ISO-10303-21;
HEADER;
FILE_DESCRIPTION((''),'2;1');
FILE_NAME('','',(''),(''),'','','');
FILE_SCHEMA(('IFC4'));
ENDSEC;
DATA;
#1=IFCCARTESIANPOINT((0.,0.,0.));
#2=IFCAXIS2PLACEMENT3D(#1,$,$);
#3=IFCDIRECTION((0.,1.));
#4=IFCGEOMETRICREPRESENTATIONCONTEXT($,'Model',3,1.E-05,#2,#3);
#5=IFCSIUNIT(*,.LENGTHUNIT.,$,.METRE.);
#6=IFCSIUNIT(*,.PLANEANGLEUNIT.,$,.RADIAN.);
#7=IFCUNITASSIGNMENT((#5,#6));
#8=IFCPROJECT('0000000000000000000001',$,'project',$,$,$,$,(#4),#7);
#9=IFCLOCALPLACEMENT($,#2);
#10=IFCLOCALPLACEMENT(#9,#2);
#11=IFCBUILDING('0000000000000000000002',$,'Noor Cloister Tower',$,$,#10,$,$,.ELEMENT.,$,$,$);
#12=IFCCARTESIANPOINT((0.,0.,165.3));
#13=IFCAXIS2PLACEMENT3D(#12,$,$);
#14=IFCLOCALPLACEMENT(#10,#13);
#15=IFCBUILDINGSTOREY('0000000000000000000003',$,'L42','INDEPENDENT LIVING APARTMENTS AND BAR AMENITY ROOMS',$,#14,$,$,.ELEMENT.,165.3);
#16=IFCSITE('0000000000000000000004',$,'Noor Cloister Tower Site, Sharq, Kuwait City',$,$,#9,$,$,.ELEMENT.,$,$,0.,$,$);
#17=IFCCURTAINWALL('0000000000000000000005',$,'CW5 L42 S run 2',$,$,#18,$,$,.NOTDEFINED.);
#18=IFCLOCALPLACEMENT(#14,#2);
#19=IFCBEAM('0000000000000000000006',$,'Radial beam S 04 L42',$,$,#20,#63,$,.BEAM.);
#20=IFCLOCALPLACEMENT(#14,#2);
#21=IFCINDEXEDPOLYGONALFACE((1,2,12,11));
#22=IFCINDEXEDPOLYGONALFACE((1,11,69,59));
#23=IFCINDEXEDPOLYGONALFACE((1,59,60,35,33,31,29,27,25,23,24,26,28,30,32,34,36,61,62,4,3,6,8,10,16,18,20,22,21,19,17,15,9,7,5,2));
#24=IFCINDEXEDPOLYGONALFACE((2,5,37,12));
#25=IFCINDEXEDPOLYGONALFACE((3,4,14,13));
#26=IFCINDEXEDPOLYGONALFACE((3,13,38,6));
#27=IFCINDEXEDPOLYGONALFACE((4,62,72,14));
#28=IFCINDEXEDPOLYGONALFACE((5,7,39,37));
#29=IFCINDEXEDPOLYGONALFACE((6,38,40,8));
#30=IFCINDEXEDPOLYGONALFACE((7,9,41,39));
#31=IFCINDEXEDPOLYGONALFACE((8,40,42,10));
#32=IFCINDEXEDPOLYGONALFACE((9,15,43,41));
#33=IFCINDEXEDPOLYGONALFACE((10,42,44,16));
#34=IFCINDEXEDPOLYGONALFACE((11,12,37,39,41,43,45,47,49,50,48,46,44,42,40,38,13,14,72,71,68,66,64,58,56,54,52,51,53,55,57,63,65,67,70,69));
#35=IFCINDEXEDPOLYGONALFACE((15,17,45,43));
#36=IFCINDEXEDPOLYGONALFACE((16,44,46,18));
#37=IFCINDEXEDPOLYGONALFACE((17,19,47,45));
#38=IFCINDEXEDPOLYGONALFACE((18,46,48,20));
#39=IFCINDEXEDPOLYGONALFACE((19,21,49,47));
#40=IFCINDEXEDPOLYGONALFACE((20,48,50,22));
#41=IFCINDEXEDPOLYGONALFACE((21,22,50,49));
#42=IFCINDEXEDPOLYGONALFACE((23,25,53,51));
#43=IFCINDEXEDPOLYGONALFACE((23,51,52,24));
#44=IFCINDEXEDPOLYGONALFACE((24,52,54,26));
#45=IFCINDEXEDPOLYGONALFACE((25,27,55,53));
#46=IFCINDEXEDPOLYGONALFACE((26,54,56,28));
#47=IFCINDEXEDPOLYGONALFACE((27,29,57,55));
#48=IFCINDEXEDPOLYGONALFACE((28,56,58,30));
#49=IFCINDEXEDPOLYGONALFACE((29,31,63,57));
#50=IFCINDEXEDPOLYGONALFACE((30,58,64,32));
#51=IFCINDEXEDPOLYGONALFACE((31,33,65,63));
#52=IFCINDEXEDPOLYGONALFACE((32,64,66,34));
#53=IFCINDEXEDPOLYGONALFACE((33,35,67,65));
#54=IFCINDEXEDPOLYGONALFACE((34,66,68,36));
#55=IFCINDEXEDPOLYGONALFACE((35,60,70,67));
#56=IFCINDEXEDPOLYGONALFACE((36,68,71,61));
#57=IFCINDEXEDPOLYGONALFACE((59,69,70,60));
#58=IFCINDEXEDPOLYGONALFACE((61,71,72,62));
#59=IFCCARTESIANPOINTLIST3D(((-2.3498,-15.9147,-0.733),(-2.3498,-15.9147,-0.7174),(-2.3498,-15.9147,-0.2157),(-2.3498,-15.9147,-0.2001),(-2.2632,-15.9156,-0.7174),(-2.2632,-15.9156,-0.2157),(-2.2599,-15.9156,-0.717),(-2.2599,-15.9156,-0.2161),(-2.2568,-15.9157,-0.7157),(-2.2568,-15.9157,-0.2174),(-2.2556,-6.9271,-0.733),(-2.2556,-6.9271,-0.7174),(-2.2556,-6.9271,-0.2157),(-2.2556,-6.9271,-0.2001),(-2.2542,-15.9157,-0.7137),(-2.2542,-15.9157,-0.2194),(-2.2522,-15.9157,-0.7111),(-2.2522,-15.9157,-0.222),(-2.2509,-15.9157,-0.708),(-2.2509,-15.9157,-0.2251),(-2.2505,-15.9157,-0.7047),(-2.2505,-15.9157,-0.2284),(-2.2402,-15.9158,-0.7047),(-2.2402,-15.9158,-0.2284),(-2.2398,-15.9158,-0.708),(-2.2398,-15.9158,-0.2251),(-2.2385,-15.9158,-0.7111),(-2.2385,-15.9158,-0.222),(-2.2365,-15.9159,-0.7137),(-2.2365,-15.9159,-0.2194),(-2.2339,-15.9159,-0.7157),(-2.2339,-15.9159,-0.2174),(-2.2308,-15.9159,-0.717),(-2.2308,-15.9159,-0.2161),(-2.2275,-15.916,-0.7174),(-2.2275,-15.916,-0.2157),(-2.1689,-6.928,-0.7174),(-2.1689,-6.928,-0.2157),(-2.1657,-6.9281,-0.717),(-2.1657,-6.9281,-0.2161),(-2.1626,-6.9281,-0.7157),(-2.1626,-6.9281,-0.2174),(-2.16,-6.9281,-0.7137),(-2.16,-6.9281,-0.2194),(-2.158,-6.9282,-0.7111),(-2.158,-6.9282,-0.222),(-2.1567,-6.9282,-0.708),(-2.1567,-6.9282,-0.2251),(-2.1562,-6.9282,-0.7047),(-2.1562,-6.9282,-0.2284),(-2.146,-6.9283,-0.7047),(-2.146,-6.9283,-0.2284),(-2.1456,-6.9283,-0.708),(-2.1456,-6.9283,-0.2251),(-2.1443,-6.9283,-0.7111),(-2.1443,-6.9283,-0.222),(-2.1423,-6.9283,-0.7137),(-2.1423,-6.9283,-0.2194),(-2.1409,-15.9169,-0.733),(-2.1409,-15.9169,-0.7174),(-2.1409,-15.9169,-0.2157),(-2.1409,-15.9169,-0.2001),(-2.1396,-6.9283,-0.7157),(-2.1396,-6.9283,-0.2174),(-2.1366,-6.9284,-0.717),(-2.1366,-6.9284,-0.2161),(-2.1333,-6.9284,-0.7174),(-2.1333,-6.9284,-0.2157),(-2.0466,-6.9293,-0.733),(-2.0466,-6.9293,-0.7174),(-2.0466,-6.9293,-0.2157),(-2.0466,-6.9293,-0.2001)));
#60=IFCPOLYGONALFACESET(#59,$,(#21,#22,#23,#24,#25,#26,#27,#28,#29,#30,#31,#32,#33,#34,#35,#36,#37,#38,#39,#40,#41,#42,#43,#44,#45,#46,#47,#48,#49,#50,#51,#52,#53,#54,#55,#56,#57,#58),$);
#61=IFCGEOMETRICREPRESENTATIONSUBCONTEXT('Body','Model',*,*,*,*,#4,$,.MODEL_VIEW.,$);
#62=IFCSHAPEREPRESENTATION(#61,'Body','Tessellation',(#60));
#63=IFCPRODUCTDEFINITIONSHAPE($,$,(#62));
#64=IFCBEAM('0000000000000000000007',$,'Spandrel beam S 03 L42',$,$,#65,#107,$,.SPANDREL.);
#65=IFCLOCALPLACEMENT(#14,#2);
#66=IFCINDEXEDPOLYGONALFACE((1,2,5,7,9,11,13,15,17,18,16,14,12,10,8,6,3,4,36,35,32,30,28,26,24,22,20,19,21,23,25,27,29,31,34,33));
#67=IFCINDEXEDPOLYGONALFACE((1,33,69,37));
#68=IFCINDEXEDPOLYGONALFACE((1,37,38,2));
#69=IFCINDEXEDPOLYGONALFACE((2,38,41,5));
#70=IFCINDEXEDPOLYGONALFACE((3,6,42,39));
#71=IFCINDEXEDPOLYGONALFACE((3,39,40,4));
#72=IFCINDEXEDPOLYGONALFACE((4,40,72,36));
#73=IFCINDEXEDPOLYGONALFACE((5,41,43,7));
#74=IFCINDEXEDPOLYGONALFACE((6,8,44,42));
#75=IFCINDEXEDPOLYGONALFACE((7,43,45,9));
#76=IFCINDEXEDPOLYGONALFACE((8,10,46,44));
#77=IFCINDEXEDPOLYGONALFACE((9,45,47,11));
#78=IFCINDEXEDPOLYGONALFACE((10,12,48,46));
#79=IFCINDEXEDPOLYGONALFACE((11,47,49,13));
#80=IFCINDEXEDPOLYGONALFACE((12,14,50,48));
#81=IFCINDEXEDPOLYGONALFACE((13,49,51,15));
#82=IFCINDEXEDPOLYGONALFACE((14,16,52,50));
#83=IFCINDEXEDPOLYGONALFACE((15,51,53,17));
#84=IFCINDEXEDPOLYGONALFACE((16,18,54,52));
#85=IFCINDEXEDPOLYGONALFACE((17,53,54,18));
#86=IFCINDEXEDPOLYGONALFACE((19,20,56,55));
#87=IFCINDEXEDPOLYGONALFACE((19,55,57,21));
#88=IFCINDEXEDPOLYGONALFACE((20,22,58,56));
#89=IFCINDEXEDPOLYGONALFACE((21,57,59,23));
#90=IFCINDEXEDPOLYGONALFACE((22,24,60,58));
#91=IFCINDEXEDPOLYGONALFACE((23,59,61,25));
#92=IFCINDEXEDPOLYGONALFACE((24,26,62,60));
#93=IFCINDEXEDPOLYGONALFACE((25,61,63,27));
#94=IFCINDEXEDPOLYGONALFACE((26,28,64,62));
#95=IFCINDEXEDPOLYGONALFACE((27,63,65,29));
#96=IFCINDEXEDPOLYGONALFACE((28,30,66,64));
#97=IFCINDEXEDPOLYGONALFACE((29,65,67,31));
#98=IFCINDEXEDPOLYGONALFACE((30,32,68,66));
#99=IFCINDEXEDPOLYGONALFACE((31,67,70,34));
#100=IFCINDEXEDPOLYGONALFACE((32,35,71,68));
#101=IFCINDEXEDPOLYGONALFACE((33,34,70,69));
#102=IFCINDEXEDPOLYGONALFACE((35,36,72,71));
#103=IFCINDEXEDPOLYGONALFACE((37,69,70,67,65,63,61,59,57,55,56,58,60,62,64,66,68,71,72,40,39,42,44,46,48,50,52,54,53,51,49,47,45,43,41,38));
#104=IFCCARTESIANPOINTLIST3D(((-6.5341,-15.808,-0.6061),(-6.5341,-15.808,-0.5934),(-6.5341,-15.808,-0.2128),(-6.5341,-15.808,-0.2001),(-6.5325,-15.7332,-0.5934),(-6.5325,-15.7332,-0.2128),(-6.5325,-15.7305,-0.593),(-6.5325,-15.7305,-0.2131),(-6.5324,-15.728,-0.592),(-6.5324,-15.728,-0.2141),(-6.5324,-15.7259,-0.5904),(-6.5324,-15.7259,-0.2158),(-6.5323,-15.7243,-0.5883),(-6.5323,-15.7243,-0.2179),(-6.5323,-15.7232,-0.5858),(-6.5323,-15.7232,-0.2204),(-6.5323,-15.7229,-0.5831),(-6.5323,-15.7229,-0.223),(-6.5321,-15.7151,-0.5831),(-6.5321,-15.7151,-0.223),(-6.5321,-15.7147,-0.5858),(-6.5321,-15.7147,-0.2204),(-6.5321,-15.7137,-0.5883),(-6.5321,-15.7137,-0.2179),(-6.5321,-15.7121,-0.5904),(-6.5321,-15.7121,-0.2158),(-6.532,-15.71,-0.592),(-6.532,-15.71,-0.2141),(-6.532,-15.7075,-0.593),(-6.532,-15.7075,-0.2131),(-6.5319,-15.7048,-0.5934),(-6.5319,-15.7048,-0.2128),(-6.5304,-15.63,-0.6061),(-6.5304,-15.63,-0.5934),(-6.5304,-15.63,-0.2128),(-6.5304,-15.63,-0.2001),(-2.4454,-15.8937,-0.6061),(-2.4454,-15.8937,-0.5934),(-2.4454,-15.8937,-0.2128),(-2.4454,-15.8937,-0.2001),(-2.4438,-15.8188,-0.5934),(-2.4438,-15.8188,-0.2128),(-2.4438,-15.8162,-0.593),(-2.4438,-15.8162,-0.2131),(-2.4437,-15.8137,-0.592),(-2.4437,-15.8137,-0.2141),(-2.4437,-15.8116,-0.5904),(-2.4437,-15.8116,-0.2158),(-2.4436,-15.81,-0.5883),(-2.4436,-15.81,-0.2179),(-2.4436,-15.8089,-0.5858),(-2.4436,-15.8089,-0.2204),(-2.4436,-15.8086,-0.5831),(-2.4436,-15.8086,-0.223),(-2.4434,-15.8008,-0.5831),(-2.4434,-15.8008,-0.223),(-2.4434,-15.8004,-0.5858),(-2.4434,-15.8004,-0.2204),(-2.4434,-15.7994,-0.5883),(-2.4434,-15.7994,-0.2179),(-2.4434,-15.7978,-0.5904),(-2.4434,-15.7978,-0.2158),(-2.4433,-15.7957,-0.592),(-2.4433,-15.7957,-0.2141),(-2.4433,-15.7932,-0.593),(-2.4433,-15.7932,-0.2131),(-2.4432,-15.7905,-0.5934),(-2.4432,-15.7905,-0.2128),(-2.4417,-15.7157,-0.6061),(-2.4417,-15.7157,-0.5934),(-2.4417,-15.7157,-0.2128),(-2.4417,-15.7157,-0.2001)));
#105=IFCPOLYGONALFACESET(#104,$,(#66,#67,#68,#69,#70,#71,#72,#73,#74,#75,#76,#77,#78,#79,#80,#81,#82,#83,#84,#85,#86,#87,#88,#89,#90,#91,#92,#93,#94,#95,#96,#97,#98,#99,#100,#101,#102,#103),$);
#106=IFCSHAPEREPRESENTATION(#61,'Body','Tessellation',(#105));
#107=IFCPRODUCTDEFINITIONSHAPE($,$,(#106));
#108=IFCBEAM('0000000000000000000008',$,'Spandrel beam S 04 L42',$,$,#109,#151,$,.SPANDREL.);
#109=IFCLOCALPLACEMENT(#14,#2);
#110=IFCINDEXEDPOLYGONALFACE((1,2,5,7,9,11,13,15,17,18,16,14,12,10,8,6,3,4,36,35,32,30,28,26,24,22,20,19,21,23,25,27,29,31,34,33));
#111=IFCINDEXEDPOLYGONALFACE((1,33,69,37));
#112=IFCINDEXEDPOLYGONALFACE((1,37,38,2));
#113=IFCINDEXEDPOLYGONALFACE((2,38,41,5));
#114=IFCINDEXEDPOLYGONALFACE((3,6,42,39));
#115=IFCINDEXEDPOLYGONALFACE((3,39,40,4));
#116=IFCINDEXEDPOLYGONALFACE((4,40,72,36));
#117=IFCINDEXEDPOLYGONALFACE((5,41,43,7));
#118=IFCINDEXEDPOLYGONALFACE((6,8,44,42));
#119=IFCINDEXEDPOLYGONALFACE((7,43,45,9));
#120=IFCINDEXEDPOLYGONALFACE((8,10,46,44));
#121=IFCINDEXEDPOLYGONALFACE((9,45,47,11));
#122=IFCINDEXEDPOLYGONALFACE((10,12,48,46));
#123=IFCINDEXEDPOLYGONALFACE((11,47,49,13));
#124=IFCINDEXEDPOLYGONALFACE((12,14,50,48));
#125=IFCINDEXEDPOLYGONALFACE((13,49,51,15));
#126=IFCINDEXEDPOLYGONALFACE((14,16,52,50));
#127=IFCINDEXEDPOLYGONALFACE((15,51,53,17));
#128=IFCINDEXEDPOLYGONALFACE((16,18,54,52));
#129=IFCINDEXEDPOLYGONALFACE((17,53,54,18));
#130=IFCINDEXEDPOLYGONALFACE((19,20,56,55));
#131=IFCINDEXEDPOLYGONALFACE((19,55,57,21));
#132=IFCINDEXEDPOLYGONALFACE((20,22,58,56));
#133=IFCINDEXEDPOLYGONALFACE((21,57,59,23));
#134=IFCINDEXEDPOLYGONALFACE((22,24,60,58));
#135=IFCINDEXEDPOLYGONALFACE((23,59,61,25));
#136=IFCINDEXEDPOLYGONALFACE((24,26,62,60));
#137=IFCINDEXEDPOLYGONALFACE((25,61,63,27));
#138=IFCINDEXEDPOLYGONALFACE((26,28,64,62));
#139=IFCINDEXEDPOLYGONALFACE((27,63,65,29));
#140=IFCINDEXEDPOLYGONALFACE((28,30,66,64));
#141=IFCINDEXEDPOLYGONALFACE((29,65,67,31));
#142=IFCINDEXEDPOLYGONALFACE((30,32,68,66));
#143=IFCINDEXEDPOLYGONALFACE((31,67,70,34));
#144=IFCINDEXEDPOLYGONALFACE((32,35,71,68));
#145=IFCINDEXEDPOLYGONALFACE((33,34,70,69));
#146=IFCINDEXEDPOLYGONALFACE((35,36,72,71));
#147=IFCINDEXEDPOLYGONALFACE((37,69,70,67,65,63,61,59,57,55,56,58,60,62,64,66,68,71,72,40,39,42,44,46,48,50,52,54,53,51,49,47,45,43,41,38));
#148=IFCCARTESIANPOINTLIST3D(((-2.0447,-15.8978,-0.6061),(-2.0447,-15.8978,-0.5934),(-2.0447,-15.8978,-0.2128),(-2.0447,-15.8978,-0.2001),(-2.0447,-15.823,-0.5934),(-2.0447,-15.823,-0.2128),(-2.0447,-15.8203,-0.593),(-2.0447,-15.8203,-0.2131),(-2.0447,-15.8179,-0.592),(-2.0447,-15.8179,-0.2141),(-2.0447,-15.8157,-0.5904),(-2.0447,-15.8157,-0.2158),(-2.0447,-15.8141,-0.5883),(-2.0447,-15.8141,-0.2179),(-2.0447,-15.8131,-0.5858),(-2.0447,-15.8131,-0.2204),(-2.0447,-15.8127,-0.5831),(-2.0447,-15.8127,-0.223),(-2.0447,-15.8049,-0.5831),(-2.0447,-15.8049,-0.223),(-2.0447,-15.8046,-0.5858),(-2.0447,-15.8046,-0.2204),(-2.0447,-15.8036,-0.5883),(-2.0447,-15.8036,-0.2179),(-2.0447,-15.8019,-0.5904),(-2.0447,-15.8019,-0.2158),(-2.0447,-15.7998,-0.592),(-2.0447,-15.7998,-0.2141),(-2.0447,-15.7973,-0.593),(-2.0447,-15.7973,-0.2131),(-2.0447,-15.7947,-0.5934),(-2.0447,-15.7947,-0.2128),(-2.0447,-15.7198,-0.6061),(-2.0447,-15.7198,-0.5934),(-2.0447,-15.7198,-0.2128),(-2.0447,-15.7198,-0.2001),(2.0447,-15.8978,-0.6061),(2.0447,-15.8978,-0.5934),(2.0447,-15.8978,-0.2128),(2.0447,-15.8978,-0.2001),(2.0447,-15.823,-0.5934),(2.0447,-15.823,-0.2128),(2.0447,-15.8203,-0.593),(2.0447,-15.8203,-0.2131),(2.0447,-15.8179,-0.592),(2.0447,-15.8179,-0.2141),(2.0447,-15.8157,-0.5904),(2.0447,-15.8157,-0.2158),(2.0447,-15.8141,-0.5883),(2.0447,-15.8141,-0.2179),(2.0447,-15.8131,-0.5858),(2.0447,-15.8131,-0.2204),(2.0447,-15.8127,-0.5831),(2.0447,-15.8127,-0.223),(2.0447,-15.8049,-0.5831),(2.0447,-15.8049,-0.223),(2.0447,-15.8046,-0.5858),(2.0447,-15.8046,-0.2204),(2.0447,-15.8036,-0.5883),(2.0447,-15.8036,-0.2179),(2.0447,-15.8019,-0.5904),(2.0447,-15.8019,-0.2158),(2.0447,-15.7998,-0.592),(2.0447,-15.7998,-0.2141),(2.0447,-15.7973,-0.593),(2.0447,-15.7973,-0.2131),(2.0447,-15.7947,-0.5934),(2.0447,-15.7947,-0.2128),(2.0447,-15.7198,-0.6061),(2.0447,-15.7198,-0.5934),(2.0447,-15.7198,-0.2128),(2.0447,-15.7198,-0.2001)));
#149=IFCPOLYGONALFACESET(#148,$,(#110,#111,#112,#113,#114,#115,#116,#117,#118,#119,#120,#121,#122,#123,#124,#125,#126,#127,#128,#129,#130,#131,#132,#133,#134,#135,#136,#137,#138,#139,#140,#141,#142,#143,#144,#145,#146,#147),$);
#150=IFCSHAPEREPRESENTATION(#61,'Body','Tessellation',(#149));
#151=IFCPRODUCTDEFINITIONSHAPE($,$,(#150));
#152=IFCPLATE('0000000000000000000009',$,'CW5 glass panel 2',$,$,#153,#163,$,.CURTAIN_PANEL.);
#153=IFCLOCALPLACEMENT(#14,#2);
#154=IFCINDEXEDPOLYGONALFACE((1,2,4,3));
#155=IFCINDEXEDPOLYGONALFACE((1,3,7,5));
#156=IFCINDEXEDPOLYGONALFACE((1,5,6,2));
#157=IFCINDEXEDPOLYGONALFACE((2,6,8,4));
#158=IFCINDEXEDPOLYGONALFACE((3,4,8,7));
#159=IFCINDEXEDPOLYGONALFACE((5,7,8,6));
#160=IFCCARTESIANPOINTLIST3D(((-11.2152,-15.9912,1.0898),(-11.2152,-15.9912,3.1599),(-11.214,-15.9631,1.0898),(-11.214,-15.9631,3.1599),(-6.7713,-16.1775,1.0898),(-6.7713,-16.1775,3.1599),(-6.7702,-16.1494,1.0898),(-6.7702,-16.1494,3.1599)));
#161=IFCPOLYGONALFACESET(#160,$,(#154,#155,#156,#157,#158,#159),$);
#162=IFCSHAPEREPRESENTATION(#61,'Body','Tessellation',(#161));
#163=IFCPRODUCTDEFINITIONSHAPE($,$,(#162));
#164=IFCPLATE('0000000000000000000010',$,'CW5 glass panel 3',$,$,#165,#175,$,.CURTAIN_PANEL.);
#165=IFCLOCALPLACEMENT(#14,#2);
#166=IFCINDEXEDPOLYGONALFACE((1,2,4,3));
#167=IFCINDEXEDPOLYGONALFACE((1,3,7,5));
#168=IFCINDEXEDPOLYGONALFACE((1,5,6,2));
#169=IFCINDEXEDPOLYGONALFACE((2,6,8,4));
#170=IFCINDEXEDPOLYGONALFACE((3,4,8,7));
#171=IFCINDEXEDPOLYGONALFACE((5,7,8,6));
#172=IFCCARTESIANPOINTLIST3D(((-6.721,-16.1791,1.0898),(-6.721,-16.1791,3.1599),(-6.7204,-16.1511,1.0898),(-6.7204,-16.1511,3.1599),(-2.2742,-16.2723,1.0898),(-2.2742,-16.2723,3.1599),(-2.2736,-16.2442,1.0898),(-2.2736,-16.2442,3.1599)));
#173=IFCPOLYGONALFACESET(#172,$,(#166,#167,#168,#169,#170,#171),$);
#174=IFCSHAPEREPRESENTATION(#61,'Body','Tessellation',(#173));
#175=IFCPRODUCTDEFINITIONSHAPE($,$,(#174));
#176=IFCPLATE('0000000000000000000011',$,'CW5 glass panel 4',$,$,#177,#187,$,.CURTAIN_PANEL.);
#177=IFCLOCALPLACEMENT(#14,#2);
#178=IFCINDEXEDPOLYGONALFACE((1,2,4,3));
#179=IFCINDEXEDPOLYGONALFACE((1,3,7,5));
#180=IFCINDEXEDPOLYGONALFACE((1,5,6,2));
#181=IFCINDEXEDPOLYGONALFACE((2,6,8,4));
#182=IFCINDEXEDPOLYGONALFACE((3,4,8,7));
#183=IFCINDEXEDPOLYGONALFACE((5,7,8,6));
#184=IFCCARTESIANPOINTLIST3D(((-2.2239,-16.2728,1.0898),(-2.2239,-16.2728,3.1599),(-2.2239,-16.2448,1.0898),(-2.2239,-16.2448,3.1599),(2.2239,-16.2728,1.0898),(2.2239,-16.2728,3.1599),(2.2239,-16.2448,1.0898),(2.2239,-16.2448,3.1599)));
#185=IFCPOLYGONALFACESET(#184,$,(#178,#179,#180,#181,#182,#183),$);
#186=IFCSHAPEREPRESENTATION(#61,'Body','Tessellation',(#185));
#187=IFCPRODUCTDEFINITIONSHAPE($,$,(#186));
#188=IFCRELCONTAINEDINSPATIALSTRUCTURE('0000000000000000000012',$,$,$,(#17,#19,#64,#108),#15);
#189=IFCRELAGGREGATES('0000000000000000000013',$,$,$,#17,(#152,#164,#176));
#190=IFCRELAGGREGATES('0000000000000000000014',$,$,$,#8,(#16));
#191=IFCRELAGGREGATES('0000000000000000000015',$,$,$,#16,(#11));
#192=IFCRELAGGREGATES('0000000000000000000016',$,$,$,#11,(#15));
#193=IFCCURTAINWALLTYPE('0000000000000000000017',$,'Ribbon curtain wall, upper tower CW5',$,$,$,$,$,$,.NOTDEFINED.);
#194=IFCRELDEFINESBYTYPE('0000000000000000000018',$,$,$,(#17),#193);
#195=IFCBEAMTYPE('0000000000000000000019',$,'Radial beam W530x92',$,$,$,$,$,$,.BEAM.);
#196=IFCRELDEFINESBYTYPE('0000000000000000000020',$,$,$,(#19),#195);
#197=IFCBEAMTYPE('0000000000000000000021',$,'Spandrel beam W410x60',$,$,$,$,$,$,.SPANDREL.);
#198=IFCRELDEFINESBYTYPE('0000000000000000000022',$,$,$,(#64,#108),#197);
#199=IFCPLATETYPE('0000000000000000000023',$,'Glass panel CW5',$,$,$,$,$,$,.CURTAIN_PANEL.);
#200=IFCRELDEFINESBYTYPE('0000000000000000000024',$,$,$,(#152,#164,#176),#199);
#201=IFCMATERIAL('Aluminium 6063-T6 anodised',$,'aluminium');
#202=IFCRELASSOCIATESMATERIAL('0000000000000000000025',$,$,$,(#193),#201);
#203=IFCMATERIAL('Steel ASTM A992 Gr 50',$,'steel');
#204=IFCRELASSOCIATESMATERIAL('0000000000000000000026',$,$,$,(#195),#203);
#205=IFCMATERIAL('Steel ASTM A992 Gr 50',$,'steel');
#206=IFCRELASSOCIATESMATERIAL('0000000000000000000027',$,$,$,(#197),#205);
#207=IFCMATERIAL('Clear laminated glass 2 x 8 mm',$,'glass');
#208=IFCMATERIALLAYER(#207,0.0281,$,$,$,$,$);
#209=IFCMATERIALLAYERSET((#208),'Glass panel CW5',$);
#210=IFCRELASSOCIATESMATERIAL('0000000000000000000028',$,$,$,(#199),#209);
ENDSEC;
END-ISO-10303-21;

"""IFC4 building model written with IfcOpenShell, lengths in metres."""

from ifc_helpers import new_model, si_unit, direction, frame, origin, origin_2d, place, context, subcontext, project, spatial, rectangle, i_section, extrude, material, layer, layer_set, material_profile, profile_set, type_object, element, aggregate, save


model = new_model("IFC4")

# Units and contexts
model_context = context("Model", 3, precision=1e-05, world=origin(), true_north=direction((0.0, 1.0)))
body_context = subcontext(model_context, "Body", "Model", "MODEL_VIEW")
ifc_project = project(units=[si_unit("LENGTHUNIT", "METRE"), si_unit("PLANEANGLEUNIT", "RADIAN")], contexts=[model_context])

# Site, building, storey
site_placement = place(None, origin())
site = spatial("IfcSite", under=ifc_project, at=site_placement, Name="Noor Cloister Tower Site, Sharq, Kuwait City", CompositionType="ELEMENT", RefElevation=0.0)
building_placement = place(site_placement, origin())
building = spatial("IfcBuilding", under=site, at=building_placement, Name="Noor Cloister Tower", CompositionType="ELEMENT")
storey_placement = place(building_placement, frame((0.0, 0.0, 165.3)))
storey = spatial("IfcBuildingStorey", under=building, at=storey_placement, Name="L42", Description="INDEPENDENT LIVING APARTMENTS AND BAR AMENITY ROOMS", CompositionType="ELEMENT", Elevation=165.3)

# Curtain wall
ifc_material_1 = material(Name="Aluminium 6063-T6 anodised", Category="aluminium")
curtain_wall_type = type_object("IfcCurtainWallType", Name="Ribbon curtain wall, upper tower CW5", PredefinedType="NOTDEFINED", material=ifc_material_1)
curtain_wall_placement = place(storey_placement, origin())
curtain_wall = element("IfcCurtainWall", 1, at=curtain_wall_placement, inside=storey, type_object=curtain_wall_type, Name="CW5 L42 S run 2", PredefinedType="NOTDEFINED")

# Beams
ifc_material_2 = material(Name="Steel ASTM A992 Gr 50", Category="steel")
ifc_material_profile_1 = material_profile(ifc_material_2, i_section(OverallWidth=0.209, OverallDepth=0.533, WebThickness=0.0103, FlangeThickness=0.0156, FilletRadius=0.0127, at=origin_2d()), Name="W530x92")
ifc_profile_set_1 = profile_set([ifc_material_profile_1], Name="Steel ASTM A992 Gr 50")
beam_type_1 = type_object("IfcBeamType", Name="Radial beam W530x92", PredefinedType="BEAM", material=ifc_profile_set_1)
beam_1_placement = place(storey_placement, frame((-2.2454, -15.9158, -0.4666), z_axis=(0.010485, 0.999945, 0.0), x_axis=(-0.999945, 0.010485, 0.0)))
element("IfcBeam", 2, at=beam_1_placement, inside=storey, type_object=beam_type_1, Name="Radial beam S 04 L42", PredefinedType="BEAM", context=body_context, shape_type="SweptSolid", body=[
    extrude(i_section(OverallWidth=0.209, OverallDepth=0.533, WebThickness=0.0103, FlangeThickness=0.0156, FilletRadius=0.0127, at=origin_2d()), origin(), (0.0, 0.0, 1.0), 8.988),
])
ifc_material_3 = material(Name="Steel ASTM A992 Gr 50", Category="steel")
ifc_material_profile_2 = material_profile(ifc_material_3, i_section(OverallWidth=0.178, OverallDepth=0.406, WebThickness=0.0078, FlangeThickness=0.0127, FilletRadius=0.0103, at=origin_2d()), Name="W410x60")
ifc_profile_set_2 = profile_set([ifc_material_profile_2], Name="Steel ASTM A992 Gr 50")
beam_type_2 = type_object("IfcBeamType", Name="Spandrel beam W410x60", PredefinedType="SPANDREL", material=ifc_profile_set_2)
beam_2_placement = place(storey_placement, frame((-6.5322, -15.719, -0.4031), z_axis=(0.99978, -0.020954, 0.0), x_axis=(0.020954, 0.99978, 0.0)))
element("IfcBeam", 3, at=beam_2_placement, inside=storey, type_object=beam_type_2, Name="Spandrel beam S 03 L42", PredefinedType="SPANDREL", context=body_context, shape_type="SweptSolid", body=[
    extrude(i_section(OverallWidth=0.178, OverallDepth=0.406, WebThickness=0.0078, FlangeThickness=0.0127, FilletRadius=0.0103, at=origin_2d()), origin(), (0.0, 0.0, 1.0), 4.0896),
])
beam_3_placement = place(storey_placement, frame((-2.0447, -15.8088, -0.4031), z_axis=(1.0, 0.0, 0.0), x_axis=(0.0, 1.0, 0.0)))
element("IfcBeam", 4, at=beam_3_placement, inside=storey, type_object=beam_type_2, Name="Spandrel beam S 04 L42", PredefinedType="SPANDREL", context=body_context, shape_type="SweptSolid", body=[
    extrude(i_section(OverallWidth=0.178, OverallDepth=0.406, WebThickness=0.0078, FlangeThickness=0.0127, FilletRadius=0.0103, at=origin_2d()), origin(), (0.0, 0.0, 1.0), 4.0894),
])

# Plates
ifc_material_4 = material(Name="Clear laminated glass 2 x 8 mm", Category="glass")
ifc_layer_1 = layer(ifc_material_4, 0.0281)
ifc_layer_set_1 = layer_set([ifc_layer_1], Name="Glass panel CW5")
plate_type = type_object("IfcPlateType", Name="Glass panel CW5", PredefinedType="CURTAIN_PANEL", material=ifc_layer_set_1)
plate_1_placement = place(storey_placement, frame((-8.9927, -16.0703, 1.0898), z_axis=(0.0, 0.0, 1.0), x_axis=(0.999123, -0.04188, 0.0)))
plate_1 = element("IfcPlate", 5, at=plate_1_placement, type_object=plate_type, Name="CW5 glass panel 2", PredefinedType="CURTAIN_PANEL", context=body_context, shape_type="SweptSolid", body=[
    extrude(rectangle(XDim=4.4478, YDim=0.0281, at=origin_2d()), origin(), (0.0, 0.0, 1.0), 2.0701),
])
plate_2_placement = place(storey_placement, frame((-4.4973, -16.2117, 1.0898), z_axis=(0.0, 0.0, 1.0), x_axis=(0.999781, -0.020945, 0.0)))
plate_2 = element("IfcPlate", 6, at=plate_2_placement, type_object=plate_type, Name="CW5 glass panel 3", PredefinedType="CURTAIN_PANEL", context=body_context, shape_type="SweptSolid", body=[
    extrude(rectangle(XDim=4.4478, YDim=0.0281, at=origin_2d()), origin(), (0.0, 0.0, 1.0), 2.0701),
])
plate_3_placement = place(storey_placement, frame((0.0, -16.2588, 1.0898), z_axis=(0.0, 0.0, 1.0), x_axis=(1.0, 0.0, 0.0)))
plate_3 = element("IfcPlate", 7, at=plate_3_placement, type_object=plate_type, Name="CW5 glass panel 4", PredefinedType="CURTAIN_PANEL", context=body_context, shape_type="SweptSolid", body=[
    extrude(rectangle(XDim=4.4478, YDim=0.0281, at=origin_2d()), origin(), (0.0, 0.0, 1.0), 2.0701),
])
aggregate(curtain_wall, [plate_1, plate_2, plate_3])

save(model, "model.ifc")
